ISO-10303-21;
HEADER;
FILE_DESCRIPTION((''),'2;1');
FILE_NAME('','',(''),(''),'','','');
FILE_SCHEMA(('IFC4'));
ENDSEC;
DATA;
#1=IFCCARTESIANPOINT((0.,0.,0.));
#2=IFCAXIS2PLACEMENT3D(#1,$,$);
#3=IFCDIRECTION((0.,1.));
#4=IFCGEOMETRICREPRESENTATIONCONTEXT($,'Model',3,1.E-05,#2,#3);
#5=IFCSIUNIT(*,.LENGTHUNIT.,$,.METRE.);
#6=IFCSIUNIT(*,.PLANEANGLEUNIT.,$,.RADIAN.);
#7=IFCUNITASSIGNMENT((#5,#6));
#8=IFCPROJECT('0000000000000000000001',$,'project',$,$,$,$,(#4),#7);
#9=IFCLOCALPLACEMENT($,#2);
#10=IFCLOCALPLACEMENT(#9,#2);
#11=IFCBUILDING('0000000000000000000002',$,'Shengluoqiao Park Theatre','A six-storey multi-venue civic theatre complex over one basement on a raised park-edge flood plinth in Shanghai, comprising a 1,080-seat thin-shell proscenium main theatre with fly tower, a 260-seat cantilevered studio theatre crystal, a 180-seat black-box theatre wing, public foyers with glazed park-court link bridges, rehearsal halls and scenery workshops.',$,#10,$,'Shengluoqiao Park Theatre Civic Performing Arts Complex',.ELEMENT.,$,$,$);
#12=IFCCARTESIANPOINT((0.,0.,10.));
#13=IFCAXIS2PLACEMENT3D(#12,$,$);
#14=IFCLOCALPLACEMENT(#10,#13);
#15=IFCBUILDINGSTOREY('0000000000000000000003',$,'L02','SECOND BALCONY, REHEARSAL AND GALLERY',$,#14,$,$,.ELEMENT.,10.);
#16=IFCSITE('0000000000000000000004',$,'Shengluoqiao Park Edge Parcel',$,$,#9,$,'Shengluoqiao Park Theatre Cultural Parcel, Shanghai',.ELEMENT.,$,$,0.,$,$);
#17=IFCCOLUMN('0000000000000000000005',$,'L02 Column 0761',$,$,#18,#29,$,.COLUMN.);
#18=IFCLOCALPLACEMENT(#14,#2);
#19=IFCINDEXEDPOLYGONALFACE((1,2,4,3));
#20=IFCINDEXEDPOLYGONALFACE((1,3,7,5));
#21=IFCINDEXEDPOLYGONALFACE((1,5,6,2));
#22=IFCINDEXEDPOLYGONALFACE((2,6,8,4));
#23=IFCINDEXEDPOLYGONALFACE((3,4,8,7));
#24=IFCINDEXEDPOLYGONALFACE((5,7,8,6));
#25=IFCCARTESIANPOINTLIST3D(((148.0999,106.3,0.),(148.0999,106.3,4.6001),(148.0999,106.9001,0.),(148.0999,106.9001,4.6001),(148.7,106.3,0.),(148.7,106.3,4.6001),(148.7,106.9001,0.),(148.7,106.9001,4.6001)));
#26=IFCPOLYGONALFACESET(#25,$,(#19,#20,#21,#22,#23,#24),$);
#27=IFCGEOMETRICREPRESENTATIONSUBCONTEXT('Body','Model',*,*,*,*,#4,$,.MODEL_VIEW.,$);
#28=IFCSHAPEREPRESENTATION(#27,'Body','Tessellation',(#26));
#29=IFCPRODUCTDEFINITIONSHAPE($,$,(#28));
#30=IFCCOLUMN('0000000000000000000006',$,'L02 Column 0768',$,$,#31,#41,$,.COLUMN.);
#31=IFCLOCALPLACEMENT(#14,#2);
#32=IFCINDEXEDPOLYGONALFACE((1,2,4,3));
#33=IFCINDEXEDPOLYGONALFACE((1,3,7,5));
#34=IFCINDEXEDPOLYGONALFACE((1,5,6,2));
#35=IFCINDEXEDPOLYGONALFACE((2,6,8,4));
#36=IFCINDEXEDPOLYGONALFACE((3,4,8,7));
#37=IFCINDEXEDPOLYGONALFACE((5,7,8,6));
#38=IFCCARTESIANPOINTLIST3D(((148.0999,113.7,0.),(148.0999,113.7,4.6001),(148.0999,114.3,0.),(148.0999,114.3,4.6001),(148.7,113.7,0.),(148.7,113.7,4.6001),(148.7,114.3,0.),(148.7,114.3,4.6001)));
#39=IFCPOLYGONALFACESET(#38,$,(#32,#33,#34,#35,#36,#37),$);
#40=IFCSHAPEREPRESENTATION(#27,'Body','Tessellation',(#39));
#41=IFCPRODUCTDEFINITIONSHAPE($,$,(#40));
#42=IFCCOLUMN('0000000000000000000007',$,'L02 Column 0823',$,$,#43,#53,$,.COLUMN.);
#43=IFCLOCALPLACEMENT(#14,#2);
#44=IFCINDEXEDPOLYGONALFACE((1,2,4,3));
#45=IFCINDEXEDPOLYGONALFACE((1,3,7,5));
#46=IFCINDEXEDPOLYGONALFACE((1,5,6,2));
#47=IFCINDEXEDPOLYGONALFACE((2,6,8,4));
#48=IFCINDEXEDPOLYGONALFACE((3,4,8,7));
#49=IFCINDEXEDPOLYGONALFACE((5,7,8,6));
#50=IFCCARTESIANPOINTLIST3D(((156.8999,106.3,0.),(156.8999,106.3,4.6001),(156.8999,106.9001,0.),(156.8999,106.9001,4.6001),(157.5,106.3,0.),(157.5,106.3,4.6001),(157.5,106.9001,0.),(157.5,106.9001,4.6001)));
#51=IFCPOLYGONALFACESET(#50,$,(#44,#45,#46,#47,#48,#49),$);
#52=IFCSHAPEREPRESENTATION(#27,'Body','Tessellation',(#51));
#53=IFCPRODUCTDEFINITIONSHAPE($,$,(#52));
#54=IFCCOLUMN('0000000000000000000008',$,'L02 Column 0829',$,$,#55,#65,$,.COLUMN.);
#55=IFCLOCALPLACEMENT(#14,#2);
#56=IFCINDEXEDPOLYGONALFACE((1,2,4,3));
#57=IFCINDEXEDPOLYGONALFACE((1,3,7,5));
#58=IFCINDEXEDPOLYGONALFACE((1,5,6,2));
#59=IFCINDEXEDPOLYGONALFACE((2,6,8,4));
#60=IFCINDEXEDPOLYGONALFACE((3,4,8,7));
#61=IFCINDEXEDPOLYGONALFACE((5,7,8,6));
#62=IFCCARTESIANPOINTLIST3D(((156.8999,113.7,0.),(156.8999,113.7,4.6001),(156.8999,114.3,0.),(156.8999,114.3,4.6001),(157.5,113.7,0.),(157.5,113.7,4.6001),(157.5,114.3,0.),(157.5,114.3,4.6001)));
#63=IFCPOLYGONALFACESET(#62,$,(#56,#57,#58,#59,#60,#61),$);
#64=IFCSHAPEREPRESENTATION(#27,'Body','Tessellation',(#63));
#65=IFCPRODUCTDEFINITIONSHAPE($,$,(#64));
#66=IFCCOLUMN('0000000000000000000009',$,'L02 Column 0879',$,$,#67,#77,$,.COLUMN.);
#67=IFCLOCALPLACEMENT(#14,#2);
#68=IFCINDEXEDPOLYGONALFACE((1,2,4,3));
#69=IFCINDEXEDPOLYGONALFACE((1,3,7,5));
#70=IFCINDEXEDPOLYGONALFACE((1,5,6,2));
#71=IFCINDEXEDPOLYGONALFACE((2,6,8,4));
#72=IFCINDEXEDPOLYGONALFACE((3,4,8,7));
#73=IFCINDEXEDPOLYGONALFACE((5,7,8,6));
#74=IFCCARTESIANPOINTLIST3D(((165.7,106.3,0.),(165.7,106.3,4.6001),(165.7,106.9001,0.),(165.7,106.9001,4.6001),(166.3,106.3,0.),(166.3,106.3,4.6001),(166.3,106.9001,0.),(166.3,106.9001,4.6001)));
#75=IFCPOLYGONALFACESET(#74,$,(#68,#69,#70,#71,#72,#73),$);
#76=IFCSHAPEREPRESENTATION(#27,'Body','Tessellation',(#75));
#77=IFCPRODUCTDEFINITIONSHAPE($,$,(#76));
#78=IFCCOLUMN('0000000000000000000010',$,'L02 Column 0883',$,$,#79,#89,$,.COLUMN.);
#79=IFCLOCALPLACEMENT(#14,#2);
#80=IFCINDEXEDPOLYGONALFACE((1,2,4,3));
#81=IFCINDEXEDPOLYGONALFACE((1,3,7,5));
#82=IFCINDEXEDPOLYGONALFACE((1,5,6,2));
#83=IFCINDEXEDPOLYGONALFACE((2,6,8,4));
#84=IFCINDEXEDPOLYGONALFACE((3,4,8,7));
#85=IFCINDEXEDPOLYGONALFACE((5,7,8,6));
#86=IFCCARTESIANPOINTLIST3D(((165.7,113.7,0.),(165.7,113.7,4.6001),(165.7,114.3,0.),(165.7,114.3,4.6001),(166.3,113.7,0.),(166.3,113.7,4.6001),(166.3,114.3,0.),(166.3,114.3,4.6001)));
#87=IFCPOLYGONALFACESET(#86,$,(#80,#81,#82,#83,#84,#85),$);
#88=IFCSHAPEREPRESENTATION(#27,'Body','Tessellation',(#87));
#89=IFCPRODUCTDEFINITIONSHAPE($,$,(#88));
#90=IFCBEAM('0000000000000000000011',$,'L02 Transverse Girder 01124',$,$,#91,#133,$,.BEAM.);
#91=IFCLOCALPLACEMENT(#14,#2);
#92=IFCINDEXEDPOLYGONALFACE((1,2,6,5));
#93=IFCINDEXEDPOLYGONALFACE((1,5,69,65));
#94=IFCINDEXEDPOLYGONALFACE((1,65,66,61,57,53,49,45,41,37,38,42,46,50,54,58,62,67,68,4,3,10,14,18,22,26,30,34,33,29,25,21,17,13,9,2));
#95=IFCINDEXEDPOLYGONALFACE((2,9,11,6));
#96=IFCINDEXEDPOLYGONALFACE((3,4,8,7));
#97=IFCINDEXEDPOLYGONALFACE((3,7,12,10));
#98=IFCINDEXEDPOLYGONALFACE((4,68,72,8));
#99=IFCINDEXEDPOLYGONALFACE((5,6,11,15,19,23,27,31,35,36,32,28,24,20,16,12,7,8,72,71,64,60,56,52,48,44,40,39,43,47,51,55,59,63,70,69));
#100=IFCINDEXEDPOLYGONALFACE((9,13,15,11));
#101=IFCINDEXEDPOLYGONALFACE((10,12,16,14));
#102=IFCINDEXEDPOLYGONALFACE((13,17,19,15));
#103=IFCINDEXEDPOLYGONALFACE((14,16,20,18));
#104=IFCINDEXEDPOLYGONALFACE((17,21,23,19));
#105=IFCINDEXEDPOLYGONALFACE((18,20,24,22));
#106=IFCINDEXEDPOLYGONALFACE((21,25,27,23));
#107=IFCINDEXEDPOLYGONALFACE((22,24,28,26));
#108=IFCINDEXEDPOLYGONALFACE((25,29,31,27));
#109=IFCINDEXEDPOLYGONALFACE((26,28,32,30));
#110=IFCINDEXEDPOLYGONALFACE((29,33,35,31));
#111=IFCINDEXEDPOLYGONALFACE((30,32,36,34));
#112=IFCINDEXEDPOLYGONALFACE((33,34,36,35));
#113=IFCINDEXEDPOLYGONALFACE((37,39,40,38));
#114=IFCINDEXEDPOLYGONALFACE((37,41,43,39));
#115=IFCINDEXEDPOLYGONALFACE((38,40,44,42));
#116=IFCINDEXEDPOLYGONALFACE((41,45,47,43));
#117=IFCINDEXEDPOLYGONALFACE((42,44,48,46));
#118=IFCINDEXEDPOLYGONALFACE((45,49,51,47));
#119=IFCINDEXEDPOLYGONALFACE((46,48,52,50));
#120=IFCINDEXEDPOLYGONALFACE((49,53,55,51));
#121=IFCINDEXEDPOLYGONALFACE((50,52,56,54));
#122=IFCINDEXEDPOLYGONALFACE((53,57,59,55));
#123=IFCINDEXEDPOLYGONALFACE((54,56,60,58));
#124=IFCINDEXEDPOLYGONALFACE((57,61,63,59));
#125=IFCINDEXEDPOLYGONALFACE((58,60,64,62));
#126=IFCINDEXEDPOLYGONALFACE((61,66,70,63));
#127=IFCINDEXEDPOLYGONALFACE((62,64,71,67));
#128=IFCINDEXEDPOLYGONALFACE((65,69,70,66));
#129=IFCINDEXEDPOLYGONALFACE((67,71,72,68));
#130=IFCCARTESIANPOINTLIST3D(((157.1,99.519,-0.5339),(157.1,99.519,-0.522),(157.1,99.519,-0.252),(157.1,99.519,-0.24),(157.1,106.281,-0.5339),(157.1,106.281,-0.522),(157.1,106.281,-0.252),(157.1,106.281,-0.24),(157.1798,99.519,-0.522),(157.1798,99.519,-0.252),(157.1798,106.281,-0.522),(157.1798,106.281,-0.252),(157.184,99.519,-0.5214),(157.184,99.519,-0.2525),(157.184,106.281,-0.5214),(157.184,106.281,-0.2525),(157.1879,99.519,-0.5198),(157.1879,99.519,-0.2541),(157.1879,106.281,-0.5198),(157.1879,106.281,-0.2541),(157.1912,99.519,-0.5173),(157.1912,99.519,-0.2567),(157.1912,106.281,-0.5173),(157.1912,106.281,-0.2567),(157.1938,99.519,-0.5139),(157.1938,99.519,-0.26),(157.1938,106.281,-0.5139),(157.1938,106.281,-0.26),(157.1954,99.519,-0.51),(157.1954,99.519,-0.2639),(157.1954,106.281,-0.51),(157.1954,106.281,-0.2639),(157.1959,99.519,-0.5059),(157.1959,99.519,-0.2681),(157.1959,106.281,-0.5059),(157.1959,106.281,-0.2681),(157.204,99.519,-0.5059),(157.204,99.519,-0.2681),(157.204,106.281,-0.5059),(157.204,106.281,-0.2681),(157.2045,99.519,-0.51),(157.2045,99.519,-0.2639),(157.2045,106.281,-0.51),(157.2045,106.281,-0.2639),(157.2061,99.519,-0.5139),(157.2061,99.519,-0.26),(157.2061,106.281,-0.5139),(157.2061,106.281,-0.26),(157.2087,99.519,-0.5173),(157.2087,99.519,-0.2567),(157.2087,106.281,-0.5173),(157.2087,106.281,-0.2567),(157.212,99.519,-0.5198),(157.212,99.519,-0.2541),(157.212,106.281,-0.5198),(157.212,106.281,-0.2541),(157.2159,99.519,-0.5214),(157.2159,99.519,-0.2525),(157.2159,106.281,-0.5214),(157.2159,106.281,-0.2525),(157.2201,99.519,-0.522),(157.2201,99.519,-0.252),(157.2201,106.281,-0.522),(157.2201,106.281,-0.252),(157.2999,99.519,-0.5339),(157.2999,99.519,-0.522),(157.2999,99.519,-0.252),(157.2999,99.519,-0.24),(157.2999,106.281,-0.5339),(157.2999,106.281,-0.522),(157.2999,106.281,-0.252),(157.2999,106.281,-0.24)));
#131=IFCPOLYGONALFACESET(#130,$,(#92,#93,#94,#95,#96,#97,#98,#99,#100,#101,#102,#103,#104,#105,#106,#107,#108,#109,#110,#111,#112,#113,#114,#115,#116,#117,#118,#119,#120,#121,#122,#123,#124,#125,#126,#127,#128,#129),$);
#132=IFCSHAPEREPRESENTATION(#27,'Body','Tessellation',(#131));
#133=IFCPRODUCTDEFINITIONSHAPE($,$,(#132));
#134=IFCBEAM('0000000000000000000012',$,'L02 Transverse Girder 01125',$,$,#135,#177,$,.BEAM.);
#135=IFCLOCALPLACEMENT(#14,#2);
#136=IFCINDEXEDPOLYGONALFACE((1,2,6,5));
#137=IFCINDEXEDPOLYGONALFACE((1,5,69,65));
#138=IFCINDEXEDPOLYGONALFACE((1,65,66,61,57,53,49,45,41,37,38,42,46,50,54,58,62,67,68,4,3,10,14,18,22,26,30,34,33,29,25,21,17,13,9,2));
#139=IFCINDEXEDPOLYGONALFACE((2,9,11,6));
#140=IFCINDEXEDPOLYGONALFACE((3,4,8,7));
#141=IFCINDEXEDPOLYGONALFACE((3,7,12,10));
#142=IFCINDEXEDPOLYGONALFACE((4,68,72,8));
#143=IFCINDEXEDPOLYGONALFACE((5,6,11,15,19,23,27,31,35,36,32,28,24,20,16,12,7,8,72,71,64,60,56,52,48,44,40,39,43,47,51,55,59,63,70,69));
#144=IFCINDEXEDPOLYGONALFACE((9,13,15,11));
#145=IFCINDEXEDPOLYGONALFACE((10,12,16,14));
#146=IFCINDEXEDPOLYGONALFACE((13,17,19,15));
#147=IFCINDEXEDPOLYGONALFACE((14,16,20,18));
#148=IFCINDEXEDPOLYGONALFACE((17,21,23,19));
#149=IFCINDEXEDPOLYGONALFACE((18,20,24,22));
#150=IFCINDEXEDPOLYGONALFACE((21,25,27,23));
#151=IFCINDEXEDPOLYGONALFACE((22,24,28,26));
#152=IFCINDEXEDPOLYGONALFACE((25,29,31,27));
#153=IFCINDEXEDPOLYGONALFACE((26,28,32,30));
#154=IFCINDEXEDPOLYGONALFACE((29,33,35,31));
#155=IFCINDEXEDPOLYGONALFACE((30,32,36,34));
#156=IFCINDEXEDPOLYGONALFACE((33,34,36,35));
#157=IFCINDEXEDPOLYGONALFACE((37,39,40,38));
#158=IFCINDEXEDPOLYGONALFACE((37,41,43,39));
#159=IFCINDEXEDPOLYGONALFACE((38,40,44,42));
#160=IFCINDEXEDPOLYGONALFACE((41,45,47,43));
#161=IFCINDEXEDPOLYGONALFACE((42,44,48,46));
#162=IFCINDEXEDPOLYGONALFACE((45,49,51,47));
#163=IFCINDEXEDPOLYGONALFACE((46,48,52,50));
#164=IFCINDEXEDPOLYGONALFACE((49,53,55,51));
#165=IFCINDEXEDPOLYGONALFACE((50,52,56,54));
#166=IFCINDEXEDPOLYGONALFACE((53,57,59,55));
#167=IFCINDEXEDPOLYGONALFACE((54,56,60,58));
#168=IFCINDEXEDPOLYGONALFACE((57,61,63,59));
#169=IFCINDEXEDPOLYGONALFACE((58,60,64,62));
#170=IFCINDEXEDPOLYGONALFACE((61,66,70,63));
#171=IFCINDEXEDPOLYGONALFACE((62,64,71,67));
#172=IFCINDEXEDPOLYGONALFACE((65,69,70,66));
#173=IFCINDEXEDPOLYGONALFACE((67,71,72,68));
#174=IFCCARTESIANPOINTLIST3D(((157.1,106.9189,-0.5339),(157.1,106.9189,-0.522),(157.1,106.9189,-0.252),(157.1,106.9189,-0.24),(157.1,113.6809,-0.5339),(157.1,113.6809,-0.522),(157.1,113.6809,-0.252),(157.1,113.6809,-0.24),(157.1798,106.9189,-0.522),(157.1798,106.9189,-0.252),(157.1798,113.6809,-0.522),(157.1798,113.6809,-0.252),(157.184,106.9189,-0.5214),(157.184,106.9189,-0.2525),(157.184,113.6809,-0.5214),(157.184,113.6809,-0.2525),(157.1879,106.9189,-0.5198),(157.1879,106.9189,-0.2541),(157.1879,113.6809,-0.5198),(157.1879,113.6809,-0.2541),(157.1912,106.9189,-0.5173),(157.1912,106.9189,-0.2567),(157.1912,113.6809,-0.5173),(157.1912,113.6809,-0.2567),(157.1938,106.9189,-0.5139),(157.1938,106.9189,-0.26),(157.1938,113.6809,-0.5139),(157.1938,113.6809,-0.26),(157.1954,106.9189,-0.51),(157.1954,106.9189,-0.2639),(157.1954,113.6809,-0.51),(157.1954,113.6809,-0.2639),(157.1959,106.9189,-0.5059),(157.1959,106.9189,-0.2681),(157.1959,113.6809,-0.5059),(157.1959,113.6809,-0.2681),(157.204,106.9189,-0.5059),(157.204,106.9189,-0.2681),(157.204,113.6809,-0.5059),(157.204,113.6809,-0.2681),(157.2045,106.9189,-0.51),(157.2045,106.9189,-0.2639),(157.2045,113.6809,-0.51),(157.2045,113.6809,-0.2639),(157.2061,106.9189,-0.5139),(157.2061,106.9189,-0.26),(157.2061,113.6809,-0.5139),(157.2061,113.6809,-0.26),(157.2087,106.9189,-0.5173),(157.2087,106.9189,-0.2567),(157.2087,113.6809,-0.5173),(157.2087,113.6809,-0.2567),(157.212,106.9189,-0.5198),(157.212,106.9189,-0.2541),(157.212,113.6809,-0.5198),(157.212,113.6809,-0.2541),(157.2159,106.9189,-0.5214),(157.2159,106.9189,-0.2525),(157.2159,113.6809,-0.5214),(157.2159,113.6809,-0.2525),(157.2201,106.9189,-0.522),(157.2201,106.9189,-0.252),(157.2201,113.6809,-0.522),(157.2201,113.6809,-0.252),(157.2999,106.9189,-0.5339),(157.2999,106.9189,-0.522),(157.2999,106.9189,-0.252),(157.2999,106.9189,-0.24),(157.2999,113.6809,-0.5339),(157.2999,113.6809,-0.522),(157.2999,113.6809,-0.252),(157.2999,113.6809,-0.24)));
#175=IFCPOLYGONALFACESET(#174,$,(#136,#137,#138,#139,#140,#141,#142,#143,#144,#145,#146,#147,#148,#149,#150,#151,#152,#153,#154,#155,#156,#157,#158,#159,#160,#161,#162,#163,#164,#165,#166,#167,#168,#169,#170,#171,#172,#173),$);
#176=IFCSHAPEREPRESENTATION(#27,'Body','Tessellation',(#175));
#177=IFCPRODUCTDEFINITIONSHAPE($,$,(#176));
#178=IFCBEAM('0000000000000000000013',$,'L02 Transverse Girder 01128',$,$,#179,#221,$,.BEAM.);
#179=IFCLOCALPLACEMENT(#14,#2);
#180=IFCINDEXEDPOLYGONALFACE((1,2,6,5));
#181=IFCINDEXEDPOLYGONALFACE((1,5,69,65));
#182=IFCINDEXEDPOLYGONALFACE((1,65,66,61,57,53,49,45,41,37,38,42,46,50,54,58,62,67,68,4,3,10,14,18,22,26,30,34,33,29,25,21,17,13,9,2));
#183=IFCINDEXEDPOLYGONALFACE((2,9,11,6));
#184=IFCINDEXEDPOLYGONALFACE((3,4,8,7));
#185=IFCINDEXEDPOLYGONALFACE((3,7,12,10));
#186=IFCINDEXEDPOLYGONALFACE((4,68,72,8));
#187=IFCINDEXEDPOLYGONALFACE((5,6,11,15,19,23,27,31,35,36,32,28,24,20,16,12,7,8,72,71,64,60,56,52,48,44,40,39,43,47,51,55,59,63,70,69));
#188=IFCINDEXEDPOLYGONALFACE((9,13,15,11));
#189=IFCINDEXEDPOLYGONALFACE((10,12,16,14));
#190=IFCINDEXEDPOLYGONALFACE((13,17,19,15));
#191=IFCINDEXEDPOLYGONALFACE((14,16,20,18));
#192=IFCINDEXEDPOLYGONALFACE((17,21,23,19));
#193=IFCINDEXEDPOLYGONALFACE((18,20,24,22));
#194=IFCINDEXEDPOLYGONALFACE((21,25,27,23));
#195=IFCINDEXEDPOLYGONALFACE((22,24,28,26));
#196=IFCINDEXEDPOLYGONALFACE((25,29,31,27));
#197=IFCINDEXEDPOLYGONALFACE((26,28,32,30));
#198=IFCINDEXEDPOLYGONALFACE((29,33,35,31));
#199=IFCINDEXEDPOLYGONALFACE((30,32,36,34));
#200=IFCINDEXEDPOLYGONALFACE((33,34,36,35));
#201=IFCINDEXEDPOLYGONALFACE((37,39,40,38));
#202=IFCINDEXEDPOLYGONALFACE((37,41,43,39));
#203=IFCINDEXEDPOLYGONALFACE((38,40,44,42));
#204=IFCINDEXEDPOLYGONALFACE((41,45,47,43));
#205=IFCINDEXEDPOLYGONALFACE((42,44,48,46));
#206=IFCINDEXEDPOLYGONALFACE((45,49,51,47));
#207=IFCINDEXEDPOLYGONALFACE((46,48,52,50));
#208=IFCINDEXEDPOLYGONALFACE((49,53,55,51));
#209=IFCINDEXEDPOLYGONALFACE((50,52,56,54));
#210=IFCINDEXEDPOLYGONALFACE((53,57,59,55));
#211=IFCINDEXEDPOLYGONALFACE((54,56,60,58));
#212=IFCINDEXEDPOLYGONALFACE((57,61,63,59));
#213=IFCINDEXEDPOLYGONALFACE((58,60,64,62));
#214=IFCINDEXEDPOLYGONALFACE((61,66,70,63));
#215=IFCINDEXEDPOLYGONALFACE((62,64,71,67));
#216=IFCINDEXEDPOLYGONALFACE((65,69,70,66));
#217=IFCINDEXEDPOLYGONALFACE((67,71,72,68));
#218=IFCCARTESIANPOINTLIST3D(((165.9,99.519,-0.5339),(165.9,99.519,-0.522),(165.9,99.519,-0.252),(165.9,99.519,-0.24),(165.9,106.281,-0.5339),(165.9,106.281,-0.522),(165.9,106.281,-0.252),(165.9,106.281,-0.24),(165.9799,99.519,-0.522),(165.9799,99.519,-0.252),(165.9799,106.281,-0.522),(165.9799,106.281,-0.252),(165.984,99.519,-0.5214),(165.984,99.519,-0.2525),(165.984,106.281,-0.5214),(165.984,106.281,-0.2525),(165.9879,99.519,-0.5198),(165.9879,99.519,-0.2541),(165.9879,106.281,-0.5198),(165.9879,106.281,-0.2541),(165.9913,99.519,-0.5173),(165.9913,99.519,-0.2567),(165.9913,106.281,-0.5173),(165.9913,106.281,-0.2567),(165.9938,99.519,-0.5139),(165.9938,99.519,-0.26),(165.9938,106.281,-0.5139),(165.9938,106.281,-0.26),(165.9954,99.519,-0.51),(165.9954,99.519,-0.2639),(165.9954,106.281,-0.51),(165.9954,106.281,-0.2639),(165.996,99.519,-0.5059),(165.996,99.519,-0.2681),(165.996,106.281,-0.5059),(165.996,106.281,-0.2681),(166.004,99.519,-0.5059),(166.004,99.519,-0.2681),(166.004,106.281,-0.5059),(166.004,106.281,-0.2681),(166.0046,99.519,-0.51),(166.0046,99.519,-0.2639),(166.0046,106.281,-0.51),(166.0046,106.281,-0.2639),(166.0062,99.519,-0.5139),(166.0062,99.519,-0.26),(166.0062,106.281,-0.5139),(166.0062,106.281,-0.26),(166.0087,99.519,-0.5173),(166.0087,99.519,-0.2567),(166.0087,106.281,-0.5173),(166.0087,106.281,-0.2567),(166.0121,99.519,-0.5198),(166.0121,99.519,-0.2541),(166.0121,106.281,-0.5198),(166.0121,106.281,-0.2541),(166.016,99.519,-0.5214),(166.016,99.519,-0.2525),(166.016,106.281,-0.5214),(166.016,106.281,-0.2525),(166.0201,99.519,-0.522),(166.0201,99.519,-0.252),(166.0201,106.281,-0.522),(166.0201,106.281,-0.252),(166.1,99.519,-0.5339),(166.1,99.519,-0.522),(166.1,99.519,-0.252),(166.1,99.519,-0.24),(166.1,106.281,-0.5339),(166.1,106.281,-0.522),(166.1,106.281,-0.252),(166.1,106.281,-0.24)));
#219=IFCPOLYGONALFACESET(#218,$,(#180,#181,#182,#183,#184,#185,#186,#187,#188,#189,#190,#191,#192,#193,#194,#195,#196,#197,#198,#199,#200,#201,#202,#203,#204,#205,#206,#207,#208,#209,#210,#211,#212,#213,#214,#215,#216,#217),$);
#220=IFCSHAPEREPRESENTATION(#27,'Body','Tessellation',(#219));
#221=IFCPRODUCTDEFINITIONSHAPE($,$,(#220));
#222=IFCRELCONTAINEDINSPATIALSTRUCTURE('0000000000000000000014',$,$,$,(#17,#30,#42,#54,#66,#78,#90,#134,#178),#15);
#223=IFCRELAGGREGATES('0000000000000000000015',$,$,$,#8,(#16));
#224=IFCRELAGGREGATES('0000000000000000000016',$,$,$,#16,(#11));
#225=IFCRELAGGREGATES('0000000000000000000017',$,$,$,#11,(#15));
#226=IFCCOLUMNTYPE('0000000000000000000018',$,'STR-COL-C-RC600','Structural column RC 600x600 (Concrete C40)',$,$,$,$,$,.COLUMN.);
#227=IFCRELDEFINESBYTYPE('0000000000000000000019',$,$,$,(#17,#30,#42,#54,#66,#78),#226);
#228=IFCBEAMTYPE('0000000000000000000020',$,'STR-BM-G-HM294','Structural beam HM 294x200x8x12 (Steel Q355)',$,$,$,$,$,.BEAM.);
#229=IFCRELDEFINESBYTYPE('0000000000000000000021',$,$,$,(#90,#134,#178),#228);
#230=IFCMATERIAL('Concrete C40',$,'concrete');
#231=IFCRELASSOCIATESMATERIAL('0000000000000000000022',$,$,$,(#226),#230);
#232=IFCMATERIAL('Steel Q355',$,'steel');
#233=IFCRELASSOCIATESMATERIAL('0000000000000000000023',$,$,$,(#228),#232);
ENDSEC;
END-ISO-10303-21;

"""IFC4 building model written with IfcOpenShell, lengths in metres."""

from ifc_helpers import new_model, si_unit, direction, frame, origin, origin_2d, place, context, subcontext, project, spatial, rectangle, i_section, extrude, material, material_profile, profile_set, type_object, element, save


model = new_model("IFC4")

# Units and contexts
model_context = context("Model", 3, precision=1e-05, world=origin(), true_north=direction((0.0, 1.0)))
body_context = subcontext(model_context, "Body", "Model", "MODEL_VIEW")
ifc_project = project(units=[si_unit("LENGTHUNIT", "METRE"), si_unit("PLANEANGLEUNIT", "RADIAN")], contexts=[model_context])

# Site, building, storey
site_placement = place(None, origin())
site = spatial("IfcSite", under=ifc_project, at=site_placement, Name="Shengluoqiao Park Edge Parcel", LongName="Shengluoqiao Park Theatre Cultural Parcel, Shanghai", CompositionType="ELEMENT", RefElevation=0.0)
building_placement = place(site_placement, origin())
building = spatial("IfcBuilding", under=site, at=building_placement, Name="Shengluoqiao Park Theatre", Description="A six-storey multi-venue civic theatre complex over one basement on a raised park-edge flood plinth in Shanghai, comprising a 1,080-seat thin-shell proscenium main theatre with fly tower, a 260-seat cantilevered studio theatre crystal, a 180-seat black-box theatre wing, public foyers with glazed park-court link bridges, rehearsal halls and scenery workshops.", LongName="Shengluoqiao Park Theatre Civic Performing Arts Complex", CompositionType="ELEMENT")
storey_placement = place(building_placement, frame((0.0, 0.0, 10.0)))
storey = spatial("IfcBuildingStorey", under=building, at=storey_placement, Name="L02", Description="SECOND BALCONY, REHEARSAL AND GALLERY", CompositionType="ELEMENT", Elevation=10.0)

# Columns
ifc_material_1 = material(Name="Concrete C40", Category="concrete")
ifc_material_profile_1 = material_profile(ifc_material_1, rectangle(XDim=0.6001, YDim=0.6001, at=origin_2d()), Name="RC 600x600")
ifc_profile_set_1 = profile_set([ifc_material_profile_1], Name="Concrete C40")
column_type = type_object("IfcColumnType", Name="STR-COL-C-RC600", Description="Structural column RC 600x600 (Concrete C40)", PredefinedType="COLUMN", material=ifc_profile_set_1)
for number, where, z_axis, x_axis, name in (
    (1, (148.3999, 106.6001, 0.0), (0.0, 0.0, 1.0), (1.0, 0.0, 0.0), "L02 Column 0761"),
    (2, (148.3999, 114.0, 0.0), (0.0, 0.0, 1.0), (1.0, 0.0, 0.0), "L02 Column 0768"),
    (3, (157.2, 106.6001, 0.0), (0.0, 0.0, 1.0), (1.0, 0.0, 0.0), "L02 Column 0823"),
    (4, (157.2, 114.0, 0.0), (0.0, 0.0, 1.0), (1.0, 0.0, 0.0), "L02 Column 0829"),
    (5, (166.0, 106.6001, 0.0), (0.0, 0.0, 1.0), (1.0, 0.0, 0.0), "L02 Column 0879"),
    (6, (166.0, 114.0, 0.0), (0.0, 0.0, 1.0), (1.0, 0.0, 0.0), "L02 Column 0883"),
):
    element("IfcColumn", number, at=place(storey_placement, frame(where, z_axis=z_axis, x_axis=x_axis)), inside=storey, type_object=column_type, Name=name, PredefinedType="COLUMN", context=body_context, shape_type="SweptSolid", body=[
        extrude(rectangle(XDim=0.6001, YDim=0.6001, at=origin_2d()), origin(), (0.0, 0.0, 1.0), 4.6001),
    ])

# Beams
ifc_material_2 = material(Name="Steel Q355", Category="steel")
ifc_material_profile_2 = material_profile(ifc_material_2, i_section(OverallWidth=0.2, OverallDepth=0.2939, WebThickness=0.0081, FlangeThickness=0.012, FilletRadius=0.0161, at=origin_2d()), Name="HM 294x200x8x12")
ifc_profile_set_2 = profile_set([ifc_material_profile_2], Name="Steel Q355")
beam_type_1 = type_object("IfcBeamType", Name="STR-BM-G-HM294", Description="Structural beam HM 294x200x8x12 (Steel Q355)", PredefinedType="BEAM", material=ifc_profile_set_2)
for number, where, z_axis, x_axis, name in (
    (7, (157.2, 99.519, -0.387), (0.0, 1.0, 0.0), (-1.0, 0.0, 0.0), "L02 Transverse Girder 01124"),
    (8, (157.2, 106.9189, -0.387), (0.0, 1.0, 0.0), (-1.0, 0.0, 0.0), "L02 Transverse Girder 01125"),
    (9, (166.0, 99.519, -0.387), (0.0, 1.0, 0.0), (-1.0, 0.0, 0.0), "L02 Transverse Girder 01128"),
):
    element("IfcBeam", number, at=place(storey_placement, frame(where, z_axis=z_axis, x_axis=x_axis)), inside=storey, type_object=beam_type_1, Name=name, PredefinedType="BEAM", context=body_context, shape_type="SweptSolid", body=[
        extrude(i_section(OverallWidth=0.2, OverallDepth=0.2939, WebThickness=0.0081, FlangeThickness=0.012, FilletRadius=0.0161, at=origin_2d()), origin(), (0.0, 0.0, 1.0), 6.762),
    ])

save(model, "model.ifc")
